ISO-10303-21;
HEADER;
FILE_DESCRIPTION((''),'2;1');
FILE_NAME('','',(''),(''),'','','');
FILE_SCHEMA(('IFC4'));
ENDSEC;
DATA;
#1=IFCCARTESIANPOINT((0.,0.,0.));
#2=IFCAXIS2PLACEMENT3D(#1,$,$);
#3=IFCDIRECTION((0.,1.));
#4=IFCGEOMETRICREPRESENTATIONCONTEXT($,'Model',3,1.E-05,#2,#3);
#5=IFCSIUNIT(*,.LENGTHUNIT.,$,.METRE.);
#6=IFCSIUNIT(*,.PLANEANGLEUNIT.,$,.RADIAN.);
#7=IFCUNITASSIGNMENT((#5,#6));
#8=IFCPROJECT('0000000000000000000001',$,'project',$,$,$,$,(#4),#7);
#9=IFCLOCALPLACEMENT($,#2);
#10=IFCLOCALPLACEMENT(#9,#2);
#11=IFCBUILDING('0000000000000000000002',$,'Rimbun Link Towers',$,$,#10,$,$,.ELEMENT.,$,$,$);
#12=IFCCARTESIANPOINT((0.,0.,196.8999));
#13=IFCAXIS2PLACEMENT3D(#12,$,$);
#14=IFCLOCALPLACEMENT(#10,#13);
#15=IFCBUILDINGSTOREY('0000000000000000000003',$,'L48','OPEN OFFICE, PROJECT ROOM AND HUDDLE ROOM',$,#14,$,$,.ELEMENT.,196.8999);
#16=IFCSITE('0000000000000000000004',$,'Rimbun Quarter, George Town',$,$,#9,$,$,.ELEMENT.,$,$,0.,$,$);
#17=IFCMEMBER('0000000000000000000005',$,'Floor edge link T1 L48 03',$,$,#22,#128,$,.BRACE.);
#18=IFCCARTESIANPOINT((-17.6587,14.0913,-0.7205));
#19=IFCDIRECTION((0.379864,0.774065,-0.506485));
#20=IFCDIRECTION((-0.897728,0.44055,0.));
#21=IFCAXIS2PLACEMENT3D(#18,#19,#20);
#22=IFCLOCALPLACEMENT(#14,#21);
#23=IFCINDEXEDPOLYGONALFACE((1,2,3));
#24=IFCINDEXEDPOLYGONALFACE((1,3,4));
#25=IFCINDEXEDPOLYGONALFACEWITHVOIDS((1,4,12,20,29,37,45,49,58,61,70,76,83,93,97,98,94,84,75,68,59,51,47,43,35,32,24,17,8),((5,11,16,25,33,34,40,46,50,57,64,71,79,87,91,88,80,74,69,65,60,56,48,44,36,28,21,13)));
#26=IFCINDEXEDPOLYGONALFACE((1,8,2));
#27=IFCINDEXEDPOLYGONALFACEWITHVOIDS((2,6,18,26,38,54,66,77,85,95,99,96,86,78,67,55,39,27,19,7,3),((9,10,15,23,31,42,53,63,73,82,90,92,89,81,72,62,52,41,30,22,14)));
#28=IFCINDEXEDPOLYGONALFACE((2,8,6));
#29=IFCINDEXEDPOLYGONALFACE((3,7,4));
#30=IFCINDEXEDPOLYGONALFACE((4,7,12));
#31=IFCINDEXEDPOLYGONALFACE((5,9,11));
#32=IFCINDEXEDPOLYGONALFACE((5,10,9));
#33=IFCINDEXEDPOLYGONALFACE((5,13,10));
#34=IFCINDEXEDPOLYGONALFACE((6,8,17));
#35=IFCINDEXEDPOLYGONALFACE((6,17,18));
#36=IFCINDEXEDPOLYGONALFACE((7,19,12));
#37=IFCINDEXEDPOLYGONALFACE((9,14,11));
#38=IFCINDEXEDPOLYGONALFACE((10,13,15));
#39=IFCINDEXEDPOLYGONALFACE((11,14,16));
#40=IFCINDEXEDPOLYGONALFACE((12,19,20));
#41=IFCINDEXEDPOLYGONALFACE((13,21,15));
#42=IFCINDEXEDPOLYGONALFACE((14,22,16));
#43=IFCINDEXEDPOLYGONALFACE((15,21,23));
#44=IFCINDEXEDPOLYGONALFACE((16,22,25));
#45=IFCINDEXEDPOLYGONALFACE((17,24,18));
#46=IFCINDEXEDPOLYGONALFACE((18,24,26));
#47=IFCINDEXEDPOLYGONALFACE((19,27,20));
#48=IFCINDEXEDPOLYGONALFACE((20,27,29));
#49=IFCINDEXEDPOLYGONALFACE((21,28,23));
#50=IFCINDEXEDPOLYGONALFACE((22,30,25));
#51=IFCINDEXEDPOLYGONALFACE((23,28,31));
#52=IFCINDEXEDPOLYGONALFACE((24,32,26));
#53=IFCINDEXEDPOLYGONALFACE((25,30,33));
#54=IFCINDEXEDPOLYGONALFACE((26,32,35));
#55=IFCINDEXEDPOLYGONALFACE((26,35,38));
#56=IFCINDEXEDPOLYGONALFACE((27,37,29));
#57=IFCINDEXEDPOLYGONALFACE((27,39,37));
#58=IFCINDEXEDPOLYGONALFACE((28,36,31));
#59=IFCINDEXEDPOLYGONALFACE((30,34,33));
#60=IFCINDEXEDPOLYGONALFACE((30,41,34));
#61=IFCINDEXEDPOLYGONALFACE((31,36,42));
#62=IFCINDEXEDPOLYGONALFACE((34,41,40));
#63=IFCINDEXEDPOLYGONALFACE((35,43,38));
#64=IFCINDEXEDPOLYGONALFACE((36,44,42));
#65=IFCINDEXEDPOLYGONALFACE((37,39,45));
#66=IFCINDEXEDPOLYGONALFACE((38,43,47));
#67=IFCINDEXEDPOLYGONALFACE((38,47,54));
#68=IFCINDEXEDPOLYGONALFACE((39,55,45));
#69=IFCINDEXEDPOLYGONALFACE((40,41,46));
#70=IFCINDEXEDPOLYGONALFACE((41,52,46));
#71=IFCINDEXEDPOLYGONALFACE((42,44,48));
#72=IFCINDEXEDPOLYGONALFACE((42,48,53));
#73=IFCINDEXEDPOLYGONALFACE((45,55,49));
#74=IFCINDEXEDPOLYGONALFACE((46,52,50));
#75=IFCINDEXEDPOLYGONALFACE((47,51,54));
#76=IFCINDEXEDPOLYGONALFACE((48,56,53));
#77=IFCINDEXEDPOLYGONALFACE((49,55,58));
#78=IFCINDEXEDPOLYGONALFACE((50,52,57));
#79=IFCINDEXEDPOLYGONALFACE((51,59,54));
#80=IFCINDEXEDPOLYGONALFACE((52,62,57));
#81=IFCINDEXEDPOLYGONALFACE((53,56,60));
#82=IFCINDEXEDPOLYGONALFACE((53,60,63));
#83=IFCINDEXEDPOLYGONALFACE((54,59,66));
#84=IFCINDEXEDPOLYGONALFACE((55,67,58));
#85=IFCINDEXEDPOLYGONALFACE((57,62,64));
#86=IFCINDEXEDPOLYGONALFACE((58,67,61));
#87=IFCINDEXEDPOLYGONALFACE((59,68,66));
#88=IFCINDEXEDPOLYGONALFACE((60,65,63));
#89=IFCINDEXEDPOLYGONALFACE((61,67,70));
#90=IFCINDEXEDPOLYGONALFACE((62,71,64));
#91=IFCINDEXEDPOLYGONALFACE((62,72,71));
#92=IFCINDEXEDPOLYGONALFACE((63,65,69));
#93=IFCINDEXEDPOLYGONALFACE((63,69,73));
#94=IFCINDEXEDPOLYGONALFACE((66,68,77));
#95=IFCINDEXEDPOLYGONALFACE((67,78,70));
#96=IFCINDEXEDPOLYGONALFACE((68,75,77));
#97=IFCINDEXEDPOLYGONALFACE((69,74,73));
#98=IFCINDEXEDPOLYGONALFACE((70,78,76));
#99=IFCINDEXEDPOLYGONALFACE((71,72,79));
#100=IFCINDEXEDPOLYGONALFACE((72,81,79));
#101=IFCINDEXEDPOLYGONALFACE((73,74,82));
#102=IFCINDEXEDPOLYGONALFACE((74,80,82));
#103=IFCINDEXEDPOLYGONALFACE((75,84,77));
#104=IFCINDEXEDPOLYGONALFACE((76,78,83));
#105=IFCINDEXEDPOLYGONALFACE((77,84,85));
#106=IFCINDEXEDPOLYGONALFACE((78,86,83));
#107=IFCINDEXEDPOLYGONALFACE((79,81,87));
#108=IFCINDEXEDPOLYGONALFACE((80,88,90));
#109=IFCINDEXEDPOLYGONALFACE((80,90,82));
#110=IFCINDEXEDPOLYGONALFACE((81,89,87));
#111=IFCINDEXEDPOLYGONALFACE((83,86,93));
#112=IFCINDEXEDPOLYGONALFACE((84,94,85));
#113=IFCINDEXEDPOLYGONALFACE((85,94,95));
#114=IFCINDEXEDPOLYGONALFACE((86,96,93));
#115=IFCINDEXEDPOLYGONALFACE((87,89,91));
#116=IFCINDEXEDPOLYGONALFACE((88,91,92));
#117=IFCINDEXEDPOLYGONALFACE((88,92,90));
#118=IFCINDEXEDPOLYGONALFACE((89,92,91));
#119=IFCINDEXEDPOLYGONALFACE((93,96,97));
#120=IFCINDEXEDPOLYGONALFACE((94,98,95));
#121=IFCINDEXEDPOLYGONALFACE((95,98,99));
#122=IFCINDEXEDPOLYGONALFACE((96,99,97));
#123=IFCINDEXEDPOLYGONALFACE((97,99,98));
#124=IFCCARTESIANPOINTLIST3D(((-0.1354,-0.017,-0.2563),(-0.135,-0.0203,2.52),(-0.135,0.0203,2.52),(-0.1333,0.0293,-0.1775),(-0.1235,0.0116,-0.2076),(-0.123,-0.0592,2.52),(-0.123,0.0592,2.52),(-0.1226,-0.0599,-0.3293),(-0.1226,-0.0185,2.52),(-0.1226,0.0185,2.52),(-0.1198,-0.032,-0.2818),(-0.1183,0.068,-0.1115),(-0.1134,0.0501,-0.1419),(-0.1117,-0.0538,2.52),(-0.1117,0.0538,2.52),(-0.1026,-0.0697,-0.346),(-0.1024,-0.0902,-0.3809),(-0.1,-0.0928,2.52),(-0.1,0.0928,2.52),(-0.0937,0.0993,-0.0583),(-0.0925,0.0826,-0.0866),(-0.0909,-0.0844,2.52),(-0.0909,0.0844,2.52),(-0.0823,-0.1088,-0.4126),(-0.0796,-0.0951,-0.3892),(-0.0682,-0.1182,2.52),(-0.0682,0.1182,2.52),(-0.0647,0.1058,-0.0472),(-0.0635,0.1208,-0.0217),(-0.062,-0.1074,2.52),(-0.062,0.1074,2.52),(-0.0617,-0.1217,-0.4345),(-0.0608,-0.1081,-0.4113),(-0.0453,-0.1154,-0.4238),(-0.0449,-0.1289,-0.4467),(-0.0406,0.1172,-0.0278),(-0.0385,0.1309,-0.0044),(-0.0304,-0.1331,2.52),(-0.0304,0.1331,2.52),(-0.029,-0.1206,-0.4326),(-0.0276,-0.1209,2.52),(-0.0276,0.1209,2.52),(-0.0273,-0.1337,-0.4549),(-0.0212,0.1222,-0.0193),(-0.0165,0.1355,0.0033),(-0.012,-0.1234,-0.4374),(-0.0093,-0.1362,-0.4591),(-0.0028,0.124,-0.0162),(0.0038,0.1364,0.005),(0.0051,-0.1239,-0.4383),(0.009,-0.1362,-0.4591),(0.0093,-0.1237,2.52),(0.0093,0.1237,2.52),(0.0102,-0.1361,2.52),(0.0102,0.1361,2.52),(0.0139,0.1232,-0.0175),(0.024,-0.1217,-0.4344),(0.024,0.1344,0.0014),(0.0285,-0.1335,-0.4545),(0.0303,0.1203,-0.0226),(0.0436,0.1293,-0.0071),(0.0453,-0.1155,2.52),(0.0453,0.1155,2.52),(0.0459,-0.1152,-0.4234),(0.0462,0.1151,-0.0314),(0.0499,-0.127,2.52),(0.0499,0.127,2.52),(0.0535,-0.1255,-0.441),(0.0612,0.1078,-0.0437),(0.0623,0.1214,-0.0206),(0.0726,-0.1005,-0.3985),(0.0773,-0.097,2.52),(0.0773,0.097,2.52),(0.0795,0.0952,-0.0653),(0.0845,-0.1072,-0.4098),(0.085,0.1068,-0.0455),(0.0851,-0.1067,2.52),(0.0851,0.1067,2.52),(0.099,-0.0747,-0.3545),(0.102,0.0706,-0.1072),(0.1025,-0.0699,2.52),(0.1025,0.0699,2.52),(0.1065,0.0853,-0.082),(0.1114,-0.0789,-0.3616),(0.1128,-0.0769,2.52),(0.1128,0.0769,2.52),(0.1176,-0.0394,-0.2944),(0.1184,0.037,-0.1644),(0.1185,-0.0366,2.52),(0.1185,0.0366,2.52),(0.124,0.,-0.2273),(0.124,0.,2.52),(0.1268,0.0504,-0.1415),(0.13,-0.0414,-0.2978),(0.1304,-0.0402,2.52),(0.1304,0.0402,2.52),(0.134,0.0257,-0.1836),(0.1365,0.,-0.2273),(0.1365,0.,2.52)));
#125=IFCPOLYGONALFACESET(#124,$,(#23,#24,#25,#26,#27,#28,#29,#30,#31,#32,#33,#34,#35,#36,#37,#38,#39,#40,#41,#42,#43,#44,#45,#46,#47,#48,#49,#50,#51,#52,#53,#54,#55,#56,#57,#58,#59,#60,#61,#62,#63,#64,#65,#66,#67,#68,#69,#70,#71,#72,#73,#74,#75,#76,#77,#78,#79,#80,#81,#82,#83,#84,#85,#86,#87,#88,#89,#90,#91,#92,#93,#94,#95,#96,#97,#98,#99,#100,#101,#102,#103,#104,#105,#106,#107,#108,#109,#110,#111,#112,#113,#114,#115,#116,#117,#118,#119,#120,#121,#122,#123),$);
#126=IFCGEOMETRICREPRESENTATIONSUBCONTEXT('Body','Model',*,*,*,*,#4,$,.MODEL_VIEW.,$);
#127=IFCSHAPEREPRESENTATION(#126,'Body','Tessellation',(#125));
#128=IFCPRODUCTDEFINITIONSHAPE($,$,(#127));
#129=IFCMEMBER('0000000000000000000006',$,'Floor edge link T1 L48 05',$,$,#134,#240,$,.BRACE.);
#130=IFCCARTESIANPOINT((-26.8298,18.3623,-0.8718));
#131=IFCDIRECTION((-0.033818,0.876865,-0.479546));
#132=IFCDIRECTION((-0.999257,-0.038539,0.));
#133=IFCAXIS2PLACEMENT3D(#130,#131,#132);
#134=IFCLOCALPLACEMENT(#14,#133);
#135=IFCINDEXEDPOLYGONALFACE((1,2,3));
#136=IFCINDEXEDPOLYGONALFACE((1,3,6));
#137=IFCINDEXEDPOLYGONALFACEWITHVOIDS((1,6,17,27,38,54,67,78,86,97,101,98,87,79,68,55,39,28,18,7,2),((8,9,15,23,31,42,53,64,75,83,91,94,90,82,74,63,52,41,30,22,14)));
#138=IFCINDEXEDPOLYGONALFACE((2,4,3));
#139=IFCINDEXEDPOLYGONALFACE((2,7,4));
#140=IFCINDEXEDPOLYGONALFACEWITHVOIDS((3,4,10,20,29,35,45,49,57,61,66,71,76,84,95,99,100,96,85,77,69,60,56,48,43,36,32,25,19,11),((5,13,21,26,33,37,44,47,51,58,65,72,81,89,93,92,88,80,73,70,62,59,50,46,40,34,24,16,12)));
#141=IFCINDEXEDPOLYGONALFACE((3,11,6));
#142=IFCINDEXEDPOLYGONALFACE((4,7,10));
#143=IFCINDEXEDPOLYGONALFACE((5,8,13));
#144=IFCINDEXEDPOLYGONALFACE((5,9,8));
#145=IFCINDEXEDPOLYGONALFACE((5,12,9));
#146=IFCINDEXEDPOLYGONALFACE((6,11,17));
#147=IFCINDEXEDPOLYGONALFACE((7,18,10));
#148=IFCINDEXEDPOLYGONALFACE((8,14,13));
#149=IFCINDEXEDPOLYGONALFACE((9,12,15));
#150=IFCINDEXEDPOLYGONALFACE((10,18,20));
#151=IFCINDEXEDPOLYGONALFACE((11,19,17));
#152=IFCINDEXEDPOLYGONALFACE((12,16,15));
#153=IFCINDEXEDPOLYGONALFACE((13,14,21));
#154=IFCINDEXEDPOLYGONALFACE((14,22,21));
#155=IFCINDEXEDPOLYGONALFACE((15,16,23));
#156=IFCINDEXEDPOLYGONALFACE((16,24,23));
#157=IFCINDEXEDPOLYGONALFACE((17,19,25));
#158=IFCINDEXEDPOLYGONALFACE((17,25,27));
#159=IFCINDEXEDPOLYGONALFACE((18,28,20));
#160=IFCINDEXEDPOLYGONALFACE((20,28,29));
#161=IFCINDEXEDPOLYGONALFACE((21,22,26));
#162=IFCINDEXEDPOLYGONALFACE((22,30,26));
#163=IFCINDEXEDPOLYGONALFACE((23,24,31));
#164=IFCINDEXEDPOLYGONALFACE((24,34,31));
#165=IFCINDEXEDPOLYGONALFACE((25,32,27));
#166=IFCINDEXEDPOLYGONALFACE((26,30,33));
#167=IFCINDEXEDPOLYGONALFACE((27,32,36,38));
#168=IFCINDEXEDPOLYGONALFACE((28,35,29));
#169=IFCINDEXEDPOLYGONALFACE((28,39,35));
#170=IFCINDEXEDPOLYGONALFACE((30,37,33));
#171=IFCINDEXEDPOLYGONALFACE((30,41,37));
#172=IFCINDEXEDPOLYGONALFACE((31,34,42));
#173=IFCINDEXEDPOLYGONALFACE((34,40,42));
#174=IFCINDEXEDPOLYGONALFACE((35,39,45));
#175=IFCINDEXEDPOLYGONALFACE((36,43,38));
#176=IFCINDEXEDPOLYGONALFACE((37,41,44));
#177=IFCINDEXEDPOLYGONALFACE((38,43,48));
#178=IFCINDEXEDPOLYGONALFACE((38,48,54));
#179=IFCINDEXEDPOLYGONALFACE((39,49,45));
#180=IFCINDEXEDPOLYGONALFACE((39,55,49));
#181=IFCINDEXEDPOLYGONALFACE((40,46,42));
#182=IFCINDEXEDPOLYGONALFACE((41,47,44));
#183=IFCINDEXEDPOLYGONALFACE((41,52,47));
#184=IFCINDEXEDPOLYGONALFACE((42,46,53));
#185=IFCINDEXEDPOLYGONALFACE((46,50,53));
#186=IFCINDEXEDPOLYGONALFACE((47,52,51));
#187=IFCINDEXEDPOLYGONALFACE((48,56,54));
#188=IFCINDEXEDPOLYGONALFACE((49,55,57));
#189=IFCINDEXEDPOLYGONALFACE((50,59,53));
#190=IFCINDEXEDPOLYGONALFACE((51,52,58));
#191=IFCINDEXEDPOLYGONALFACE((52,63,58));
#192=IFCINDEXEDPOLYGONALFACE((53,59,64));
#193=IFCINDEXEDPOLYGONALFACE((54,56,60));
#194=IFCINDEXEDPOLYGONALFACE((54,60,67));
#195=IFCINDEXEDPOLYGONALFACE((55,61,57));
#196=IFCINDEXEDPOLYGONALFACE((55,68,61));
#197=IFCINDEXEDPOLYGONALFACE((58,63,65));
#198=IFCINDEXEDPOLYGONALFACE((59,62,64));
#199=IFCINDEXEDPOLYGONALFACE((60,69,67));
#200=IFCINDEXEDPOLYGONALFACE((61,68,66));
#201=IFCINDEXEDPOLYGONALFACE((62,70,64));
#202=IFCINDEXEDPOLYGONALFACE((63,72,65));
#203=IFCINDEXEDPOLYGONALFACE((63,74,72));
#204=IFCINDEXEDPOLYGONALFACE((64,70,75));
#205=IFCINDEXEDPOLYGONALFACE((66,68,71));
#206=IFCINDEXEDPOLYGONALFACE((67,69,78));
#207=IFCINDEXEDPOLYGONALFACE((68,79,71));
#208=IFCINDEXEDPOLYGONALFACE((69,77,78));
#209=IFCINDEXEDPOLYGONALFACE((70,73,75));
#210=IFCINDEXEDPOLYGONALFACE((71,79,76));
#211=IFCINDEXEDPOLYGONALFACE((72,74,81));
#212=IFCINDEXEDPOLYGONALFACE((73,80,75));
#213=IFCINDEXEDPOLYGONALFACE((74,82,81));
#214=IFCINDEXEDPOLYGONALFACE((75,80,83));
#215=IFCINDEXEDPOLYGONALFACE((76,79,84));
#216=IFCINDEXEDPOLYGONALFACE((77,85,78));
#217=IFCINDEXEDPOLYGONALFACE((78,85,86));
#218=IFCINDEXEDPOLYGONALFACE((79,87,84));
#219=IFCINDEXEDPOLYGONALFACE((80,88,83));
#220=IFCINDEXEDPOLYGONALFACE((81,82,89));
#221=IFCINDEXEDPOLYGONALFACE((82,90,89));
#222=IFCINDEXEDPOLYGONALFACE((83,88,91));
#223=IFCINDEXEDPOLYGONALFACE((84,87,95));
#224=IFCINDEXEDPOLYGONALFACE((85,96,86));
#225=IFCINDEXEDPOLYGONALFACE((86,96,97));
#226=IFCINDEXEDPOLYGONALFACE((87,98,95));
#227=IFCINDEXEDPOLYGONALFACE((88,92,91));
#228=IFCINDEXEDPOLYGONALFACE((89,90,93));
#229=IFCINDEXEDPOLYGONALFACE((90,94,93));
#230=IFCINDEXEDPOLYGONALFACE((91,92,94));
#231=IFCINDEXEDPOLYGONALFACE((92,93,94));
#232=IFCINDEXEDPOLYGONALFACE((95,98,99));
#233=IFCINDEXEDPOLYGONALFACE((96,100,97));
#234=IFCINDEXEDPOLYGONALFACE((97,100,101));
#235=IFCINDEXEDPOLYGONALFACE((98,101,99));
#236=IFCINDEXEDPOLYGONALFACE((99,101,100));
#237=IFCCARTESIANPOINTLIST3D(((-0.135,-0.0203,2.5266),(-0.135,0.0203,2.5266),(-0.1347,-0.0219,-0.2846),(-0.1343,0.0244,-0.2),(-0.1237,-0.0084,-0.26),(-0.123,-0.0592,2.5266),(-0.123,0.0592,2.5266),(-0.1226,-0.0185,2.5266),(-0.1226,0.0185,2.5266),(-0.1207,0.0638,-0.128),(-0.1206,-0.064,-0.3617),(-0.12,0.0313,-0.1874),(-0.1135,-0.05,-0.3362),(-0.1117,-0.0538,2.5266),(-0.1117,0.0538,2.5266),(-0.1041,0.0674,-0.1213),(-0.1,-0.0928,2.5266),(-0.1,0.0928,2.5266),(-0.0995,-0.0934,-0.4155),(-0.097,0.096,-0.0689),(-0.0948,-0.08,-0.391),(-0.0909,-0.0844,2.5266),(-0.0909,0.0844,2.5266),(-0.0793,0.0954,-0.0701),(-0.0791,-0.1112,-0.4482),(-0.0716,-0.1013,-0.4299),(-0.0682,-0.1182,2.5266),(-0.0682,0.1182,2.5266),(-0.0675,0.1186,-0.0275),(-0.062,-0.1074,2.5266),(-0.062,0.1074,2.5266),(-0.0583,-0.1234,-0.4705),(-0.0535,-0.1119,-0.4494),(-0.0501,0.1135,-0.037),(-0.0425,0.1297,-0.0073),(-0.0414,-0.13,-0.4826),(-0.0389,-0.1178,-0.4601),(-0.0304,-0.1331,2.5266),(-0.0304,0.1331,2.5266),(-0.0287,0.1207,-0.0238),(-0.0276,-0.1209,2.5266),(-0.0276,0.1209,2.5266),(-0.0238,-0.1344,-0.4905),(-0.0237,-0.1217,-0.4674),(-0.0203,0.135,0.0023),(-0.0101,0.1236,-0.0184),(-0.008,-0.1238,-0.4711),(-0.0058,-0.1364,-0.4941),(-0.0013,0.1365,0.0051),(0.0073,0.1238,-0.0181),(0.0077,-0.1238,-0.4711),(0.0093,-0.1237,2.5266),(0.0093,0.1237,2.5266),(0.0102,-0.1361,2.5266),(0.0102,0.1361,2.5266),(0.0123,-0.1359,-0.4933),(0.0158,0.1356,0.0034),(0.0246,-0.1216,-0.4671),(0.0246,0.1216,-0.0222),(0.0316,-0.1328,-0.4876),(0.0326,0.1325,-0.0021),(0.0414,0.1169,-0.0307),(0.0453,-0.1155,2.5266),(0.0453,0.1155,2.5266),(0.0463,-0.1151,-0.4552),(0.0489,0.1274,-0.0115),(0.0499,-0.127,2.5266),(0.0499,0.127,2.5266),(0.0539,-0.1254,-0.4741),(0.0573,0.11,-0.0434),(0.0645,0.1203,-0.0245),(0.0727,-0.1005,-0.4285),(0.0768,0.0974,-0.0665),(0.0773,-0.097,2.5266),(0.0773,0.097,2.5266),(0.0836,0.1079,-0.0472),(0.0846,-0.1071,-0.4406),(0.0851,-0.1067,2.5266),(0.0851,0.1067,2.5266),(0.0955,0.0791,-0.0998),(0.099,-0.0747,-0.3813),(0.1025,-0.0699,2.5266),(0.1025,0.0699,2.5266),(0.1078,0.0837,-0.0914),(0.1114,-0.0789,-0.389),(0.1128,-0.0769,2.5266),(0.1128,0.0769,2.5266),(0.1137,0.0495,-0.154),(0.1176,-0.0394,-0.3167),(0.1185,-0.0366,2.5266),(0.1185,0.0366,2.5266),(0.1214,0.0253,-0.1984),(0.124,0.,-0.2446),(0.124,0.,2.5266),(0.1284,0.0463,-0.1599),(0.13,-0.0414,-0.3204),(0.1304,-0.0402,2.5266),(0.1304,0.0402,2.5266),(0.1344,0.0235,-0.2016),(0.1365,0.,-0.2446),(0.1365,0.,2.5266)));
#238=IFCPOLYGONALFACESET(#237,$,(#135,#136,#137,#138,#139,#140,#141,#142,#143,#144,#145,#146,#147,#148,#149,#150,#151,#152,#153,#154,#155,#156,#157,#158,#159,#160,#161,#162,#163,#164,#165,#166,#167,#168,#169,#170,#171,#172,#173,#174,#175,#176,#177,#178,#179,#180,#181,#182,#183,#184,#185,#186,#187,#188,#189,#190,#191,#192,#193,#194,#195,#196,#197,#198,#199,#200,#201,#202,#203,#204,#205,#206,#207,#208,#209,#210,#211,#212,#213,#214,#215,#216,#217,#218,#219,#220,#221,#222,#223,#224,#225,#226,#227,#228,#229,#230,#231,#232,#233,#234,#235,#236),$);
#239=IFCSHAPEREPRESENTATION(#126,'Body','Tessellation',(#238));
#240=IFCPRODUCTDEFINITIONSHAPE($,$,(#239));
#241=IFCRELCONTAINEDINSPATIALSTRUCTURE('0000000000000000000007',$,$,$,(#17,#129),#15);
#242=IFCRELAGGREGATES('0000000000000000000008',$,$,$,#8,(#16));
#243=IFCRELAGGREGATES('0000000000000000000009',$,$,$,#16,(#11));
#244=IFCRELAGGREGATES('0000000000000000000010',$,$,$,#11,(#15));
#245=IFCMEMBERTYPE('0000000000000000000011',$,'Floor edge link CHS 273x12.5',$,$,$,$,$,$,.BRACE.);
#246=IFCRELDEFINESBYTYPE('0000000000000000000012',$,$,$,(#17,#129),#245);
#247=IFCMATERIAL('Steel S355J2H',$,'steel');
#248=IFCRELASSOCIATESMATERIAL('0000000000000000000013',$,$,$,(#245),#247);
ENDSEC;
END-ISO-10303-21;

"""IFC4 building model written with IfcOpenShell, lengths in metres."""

from ifc_helpers import new_model, si_unit, direction, frame, origin, origin_2d, place, context, subcontext, project, spatial, hollow_circle, extrude, clip, halfspace, material, material_profile, profile_set, type_object, element, save


model = new_model("IFC4")

# Units and contexts
model_context = context("Model", 3, precision=1e-05, world=origin(), true_north=direction((0.0, 1.0)))
body_context = subcontext(model_context, "Body", "Model", "MODEL_VIEW")
ifc_project = project(units=[si_unit("LENGTHUNIT", "METRE"), si_unit("PLANEANGLEUNIT", "RADIAN")], contexts=[model_context])

# Site, building, storey
site_placement = place(None, origin())
site = spatial("IfcSite", under=ifc_project, at=site_placement, Name="Rimbun Quarter, George Town", CompositionType="ELEMENT", RefElevation=0.0)
building_placement = place(site_placement, origin())
building = spatial("IfcBuilding", under=site, at=building_placement, Name="Rimbun Link Towers", CompositionType="ELEMENT")
storey_placement = place(building_placement, frame((0.0, 0.0, 196.8999)))
storey = spatial("IfcBuildingStorey", under=building, at=storey_placement, Name="L48", Description="OPEN OFFICE, PROJECT ROOM AND HUDDLE ROOM", CompositionType="ELEMENT", Elevation=196.8999)

# Members
ifc_material_1 = material(Name="Steel S355J2H", Category="steel")
ifc_material_profile_1 = material_profile(ifc_material_1, hollow_circle(Radius=0.1365, WallThickness=0.0125, at=origin_2d()), Name="CHS 273x12.5")
ifc_profile_set_1 = profile_set([ifc_material_profile_1], Name="Steel S355J2H")
member_type_1 = type_object("IfcMemberType", Name="Floor edge link CHS 273x12.5", PredefinedType="BRACE", material=ifc_profile_set_1)
member_1_placement = place(storey_placement, frame((-17.6587, 14.0913, -0.7205), z_axis=(0.379864, 0.774065, -0.506485), x_axis=(-0.897728, 0.44055, 0.0)))
element("IfcMember", 1, at=member_1_placement, inside=storey, type_object=member_type_1, Name="Floor edge link T1 L48 03", PredefinedType="BRACE", context=body_context, shape_type="Clipping", body=[
    clip(extrude(hollow_circle(Radius=0.1365, WallThickness=0.0125, at=origin_2d()), frame((0.0, 0.0, -0.4846)), (0.0, 0.0, 1.0), 3.0046), halfspace(frame((0.0, 0.0, -0.2273), z_axis=(0.0, 0.862249, -0.506485)), False)),
])
member_2_placement = place(storey_placement, frame((-26.8298, 18.3623, -0.8718), z_axis=(-0.033818, 0.876865, -0.479546), x_axis=(-0.999257, -0.038539, 0.0)))
element("IfcMember", 2, at=member_2_placement, inside=storey, type_object=member_type_1, Name="Floor edge link T1 L48 05", PredefinedType="BRACE", context=body_context, shape_type="Clipping", body=[
    clip(extrude(hollow_circle(Radius=0.1365, WallThickness=0.0125, at=origin_2d()), frame((0.0, 0.0, -0.5205)), (0.0, 0.0, 1.0), 3.0471), halfspace(frame((0.0, 0.0, -0.2446), z_axis=(0.0, 0.877517, -0.479546)), False)),
])

save(model, "model.ifc")
